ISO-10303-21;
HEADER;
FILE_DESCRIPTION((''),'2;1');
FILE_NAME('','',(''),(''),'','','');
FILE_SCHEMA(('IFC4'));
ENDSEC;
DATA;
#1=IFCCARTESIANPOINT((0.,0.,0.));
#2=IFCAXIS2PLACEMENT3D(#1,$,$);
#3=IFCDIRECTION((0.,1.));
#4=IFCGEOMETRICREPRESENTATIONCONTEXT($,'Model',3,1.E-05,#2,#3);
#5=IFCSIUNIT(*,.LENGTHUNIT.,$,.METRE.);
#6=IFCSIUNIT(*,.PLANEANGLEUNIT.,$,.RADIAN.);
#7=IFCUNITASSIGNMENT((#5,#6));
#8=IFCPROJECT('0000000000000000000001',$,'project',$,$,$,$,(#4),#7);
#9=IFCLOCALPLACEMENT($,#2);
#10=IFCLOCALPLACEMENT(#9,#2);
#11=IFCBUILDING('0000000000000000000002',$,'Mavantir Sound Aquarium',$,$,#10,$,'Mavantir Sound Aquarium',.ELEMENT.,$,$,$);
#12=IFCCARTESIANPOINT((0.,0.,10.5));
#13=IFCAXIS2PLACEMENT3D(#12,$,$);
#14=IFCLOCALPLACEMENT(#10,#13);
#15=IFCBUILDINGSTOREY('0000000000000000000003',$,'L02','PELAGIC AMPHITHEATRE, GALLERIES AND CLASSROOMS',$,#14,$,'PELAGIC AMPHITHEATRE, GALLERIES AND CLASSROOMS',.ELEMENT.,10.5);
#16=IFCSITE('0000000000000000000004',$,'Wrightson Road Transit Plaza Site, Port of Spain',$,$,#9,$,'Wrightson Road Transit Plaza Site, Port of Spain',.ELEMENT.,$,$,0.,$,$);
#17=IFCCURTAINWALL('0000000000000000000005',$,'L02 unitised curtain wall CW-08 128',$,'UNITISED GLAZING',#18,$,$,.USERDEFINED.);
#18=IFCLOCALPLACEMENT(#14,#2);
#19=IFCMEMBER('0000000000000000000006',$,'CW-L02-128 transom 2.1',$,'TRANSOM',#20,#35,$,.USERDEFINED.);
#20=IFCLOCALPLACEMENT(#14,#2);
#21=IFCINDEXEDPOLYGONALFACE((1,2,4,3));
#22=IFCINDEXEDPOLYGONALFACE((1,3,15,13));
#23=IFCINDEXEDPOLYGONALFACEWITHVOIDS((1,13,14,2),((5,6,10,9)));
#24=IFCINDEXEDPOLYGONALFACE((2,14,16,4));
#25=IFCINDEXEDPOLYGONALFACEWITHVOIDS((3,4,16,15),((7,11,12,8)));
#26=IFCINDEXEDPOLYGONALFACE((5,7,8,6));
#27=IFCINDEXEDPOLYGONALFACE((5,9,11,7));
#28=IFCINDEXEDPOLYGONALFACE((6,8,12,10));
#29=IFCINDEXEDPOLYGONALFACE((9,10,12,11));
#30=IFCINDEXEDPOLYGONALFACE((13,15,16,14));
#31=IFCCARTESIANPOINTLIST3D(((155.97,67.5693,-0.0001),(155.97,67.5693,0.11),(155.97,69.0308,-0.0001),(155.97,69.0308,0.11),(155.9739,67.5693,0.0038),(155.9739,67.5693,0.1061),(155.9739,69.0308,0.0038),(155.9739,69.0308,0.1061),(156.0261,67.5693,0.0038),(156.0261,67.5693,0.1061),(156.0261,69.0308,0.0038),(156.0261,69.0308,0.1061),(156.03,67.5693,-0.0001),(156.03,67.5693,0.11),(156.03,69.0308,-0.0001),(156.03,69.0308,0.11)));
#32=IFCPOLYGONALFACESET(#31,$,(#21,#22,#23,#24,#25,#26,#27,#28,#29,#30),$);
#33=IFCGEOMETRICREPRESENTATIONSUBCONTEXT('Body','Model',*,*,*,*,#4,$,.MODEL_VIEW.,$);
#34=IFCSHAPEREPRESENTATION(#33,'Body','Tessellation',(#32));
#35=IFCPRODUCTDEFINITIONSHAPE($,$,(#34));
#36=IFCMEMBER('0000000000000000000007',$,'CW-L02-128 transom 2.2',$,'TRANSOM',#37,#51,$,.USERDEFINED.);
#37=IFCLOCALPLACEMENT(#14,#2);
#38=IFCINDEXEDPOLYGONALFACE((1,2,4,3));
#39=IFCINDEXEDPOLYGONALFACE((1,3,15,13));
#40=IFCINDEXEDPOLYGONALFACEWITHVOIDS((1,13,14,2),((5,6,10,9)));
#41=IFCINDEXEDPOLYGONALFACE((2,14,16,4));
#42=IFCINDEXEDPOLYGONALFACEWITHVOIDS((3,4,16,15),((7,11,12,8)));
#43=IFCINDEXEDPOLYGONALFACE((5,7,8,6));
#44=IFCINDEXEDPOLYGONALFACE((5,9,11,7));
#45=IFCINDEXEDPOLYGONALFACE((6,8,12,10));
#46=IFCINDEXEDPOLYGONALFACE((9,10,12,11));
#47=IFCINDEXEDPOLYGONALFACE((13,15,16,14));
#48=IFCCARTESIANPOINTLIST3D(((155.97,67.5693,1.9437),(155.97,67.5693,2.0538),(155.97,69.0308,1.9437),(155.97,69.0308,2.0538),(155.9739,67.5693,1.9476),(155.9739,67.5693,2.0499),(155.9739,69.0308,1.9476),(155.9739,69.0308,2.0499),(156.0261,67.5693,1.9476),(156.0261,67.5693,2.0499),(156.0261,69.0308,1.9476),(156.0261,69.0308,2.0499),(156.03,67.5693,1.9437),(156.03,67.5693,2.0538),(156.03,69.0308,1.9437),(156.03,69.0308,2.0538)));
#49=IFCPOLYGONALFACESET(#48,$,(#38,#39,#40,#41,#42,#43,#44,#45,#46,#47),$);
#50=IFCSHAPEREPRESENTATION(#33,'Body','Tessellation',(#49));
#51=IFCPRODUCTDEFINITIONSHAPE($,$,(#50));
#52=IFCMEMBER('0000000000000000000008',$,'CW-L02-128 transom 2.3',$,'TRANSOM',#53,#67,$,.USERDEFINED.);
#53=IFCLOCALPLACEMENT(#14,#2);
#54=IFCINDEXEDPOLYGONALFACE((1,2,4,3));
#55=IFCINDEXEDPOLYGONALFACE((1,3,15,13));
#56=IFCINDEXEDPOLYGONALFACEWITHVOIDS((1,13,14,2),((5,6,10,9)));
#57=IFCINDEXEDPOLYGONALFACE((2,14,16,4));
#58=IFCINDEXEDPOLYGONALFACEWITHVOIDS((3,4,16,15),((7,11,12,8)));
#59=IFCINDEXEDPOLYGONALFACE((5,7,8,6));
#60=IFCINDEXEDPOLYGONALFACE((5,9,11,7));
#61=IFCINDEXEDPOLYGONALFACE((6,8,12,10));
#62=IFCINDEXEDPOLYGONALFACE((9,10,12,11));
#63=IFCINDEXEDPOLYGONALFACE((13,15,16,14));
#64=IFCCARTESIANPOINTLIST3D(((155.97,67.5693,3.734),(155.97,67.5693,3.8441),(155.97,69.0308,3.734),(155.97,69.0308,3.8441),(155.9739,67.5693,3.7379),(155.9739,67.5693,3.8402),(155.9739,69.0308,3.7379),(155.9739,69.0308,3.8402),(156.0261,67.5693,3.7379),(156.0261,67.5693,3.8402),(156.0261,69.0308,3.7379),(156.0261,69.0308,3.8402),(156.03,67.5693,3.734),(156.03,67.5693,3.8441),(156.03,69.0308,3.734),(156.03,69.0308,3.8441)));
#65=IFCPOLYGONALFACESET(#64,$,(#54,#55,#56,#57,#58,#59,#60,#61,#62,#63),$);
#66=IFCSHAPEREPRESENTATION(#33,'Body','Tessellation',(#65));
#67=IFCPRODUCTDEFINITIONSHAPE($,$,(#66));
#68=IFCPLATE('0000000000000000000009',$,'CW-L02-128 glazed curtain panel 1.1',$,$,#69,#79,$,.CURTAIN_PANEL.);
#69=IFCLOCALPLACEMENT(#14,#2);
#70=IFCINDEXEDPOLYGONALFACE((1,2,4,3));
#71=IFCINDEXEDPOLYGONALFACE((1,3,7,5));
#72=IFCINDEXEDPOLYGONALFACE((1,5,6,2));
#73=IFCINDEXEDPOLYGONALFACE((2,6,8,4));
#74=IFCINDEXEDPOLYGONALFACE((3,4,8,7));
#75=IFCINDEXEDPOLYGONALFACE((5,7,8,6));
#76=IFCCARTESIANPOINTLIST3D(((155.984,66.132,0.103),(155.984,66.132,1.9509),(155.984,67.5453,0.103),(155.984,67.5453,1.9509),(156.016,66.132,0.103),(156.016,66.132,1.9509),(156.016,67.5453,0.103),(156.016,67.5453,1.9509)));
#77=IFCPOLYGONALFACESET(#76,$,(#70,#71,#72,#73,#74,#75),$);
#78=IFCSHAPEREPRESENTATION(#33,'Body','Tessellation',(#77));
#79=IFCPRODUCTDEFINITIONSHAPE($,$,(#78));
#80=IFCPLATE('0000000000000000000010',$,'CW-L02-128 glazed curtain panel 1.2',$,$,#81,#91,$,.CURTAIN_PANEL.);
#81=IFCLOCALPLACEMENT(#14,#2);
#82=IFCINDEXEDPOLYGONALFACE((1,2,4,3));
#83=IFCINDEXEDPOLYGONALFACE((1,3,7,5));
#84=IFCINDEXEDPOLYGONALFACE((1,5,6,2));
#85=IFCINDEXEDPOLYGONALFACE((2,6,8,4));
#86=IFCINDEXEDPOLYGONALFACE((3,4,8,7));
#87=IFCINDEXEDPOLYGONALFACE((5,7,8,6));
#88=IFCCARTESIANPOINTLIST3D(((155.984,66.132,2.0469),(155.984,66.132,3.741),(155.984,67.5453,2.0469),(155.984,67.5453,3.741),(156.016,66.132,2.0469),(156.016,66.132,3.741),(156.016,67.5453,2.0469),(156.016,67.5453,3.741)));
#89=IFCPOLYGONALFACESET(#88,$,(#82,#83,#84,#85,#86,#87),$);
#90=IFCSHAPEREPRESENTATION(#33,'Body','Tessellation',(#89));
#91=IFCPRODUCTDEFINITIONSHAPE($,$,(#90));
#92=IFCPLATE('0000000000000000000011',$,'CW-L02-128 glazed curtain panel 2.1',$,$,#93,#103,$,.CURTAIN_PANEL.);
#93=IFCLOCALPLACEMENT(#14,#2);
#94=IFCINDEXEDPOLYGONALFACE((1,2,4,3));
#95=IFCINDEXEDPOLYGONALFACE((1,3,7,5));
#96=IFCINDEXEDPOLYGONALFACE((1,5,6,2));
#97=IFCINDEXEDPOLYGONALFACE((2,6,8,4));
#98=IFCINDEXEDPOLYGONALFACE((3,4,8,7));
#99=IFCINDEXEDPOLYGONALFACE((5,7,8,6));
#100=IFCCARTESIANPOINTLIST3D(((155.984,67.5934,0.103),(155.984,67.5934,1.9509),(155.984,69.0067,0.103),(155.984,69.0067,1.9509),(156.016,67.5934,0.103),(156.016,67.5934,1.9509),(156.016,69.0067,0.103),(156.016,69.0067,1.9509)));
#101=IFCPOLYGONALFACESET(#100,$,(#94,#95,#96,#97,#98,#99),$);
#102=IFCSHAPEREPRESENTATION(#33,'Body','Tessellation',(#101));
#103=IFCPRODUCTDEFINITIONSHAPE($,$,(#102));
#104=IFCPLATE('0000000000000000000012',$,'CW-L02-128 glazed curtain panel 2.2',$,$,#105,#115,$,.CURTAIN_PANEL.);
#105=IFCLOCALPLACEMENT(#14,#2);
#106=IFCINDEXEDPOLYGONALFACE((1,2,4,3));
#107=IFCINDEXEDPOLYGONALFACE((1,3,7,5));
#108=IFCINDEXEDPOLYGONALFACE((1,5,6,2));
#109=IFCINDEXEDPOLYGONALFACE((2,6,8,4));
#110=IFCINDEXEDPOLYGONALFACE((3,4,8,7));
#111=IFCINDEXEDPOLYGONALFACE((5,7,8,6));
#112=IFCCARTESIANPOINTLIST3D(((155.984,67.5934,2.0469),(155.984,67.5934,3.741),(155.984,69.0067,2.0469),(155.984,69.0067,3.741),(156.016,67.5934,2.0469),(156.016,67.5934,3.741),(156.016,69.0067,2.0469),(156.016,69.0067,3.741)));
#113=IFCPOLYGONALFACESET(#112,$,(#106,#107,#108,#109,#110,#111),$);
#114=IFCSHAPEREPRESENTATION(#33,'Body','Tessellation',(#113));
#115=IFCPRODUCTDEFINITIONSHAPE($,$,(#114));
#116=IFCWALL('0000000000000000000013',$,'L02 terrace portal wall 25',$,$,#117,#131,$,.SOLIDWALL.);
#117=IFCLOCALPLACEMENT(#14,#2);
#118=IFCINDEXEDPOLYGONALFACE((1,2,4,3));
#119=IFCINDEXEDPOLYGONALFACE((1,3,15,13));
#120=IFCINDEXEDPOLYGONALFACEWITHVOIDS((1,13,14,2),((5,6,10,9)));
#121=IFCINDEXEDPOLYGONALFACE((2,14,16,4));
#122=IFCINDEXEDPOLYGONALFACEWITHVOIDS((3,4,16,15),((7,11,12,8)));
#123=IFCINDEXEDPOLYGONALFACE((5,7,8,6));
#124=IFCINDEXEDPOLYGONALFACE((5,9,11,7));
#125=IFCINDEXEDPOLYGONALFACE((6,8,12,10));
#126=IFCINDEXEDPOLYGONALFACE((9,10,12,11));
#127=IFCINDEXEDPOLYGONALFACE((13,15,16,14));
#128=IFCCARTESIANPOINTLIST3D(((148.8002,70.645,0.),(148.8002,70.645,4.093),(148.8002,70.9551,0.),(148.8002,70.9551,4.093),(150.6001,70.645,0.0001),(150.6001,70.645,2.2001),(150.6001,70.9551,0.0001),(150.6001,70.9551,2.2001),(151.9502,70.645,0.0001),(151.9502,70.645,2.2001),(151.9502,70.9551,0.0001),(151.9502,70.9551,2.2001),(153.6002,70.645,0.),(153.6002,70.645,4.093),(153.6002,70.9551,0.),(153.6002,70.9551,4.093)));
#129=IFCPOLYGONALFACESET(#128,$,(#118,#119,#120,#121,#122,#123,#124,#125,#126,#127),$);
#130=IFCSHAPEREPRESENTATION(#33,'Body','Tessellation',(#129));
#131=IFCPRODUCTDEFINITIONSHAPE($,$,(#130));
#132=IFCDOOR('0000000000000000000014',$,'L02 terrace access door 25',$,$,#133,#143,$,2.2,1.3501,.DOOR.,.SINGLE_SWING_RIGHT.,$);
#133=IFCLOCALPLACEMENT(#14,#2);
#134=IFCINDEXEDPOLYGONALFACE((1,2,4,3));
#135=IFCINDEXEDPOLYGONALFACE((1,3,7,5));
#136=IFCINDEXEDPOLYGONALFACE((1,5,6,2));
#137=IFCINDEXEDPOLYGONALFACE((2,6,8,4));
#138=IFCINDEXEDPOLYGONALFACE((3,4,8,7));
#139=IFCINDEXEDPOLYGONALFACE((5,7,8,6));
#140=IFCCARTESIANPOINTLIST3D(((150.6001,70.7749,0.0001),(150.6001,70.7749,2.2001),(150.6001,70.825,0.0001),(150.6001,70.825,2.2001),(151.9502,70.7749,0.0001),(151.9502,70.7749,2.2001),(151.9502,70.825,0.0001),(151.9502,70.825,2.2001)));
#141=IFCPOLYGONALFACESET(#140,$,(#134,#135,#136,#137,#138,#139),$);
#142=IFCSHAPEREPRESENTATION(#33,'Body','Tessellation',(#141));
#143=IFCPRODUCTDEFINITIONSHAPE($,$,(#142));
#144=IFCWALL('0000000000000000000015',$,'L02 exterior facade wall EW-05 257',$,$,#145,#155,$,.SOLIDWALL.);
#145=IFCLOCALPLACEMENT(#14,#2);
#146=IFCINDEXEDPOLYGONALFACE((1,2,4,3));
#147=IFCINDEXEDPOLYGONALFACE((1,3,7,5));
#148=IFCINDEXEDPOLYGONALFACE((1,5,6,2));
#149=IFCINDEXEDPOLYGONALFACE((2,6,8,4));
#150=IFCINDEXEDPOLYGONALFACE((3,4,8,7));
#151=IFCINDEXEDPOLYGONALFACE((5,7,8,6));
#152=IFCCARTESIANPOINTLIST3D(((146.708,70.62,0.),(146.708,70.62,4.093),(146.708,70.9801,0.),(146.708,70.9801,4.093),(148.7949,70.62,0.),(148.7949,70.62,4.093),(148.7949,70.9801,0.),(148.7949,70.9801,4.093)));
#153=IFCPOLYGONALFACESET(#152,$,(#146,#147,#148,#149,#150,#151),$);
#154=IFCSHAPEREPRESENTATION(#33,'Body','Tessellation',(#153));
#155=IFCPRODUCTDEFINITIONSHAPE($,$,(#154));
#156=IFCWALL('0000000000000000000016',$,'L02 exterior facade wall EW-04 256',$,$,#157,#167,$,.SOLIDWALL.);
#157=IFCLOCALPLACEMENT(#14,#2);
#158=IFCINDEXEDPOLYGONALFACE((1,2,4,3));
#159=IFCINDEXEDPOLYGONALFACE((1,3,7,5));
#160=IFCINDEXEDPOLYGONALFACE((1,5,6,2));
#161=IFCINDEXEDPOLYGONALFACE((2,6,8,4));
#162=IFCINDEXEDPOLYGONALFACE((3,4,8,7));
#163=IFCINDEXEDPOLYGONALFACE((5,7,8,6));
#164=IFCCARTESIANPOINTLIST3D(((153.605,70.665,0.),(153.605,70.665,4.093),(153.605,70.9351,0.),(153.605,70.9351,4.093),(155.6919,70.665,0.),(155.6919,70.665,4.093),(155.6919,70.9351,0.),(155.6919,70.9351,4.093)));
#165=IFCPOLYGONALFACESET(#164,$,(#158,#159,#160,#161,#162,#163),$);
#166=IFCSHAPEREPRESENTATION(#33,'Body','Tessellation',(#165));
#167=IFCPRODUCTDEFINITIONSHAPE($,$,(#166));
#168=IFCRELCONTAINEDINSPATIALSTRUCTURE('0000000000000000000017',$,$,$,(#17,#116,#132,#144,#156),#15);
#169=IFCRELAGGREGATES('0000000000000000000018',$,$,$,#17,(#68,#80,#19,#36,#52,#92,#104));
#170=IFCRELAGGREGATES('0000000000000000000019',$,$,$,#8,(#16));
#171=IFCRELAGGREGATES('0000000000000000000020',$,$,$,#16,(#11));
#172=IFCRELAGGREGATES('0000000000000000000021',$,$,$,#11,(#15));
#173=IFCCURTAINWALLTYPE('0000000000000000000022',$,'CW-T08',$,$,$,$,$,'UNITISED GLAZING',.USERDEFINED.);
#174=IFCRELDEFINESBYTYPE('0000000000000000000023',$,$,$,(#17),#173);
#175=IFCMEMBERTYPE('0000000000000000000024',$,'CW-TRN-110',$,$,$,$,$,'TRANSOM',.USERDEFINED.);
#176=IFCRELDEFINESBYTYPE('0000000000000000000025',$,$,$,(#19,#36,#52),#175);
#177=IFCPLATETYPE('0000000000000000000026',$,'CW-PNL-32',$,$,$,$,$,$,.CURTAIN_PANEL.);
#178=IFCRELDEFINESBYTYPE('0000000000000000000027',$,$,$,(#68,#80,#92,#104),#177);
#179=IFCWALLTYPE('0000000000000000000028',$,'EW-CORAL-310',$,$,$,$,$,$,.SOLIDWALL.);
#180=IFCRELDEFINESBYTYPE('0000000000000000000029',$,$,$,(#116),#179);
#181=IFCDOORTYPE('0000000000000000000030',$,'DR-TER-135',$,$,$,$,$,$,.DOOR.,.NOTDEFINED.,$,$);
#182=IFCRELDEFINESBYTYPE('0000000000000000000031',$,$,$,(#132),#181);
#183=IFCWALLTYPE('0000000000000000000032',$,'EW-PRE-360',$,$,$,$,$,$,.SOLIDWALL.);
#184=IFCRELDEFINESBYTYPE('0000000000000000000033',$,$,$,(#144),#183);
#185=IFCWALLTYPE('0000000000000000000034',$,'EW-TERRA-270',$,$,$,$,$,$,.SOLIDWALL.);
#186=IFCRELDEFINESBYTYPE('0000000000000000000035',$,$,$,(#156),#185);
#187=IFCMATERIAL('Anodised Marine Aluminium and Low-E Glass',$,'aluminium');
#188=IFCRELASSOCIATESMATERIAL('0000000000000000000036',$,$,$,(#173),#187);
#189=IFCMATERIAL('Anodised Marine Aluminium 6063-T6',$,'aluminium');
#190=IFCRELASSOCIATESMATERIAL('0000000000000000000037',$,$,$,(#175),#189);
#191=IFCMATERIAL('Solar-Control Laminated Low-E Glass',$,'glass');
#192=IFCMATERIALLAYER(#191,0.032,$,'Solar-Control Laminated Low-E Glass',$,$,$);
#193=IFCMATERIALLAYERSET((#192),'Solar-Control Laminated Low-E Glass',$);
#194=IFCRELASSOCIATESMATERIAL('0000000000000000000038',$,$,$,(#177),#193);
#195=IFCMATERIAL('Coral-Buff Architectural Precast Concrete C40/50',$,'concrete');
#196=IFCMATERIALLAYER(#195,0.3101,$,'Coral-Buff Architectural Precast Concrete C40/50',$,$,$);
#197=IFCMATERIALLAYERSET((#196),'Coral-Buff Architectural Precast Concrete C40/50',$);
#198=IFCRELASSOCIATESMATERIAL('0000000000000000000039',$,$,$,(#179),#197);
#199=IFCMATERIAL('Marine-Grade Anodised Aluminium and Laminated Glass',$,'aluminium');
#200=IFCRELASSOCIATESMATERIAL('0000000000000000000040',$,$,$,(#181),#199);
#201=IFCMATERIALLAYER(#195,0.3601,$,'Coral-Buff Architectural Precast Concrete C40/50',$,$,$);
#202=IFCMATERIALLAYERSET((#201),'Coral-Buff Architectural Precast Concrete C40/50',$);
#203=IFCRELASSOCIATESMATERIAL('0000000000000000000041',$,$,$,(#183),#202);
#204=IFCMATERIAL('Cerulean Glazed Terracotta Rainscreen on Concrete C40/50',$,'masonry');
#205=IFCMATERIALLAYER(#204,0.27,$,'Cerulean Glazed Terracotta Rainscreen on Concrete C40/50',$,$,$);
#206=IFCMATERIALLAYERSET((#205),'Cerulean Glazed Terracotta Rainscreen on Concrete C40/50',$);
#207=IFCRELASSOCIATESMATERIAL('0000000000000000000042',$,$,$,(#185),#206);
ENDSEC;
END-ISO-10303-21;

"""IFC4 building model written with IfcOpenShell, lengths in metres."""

from ifc_helpers import new_model, si_unit, direction, frame, frame_2d, origin, origin_2d, place, context, subcontext, project, spatial, rectangle, hollow_rectangle, extrude, material, layer, layer_set, material_profile, profile_set, type_object, element, fill, aggregate, save


model = new_model("IFC4")

# Units and contexts
model_context = context("Model", 3, precision=1e-05, world=origin(), true_north=direction((0.0, 1.0)))
body_context = subcontext(model_context, "Body", "Model", "MODEL_VIEW")
ifc_project = project(units=[si_unit("LENGTHUNIT", "METRE"), si_unit("PLANEANGLEUNIT", "RADIAN")], contexts=[model_context])

# Site, building, storey
site_placement = place(None, origin())
site = spatial("IfcSite", under=ifc_project, at=site_placement, Name="Wrightson Road Transit Plaza Site, Port of Spain", LongName="Wrightson Road Transit Plaza Site, Port of Spain", CompositionType="ELEMENT", RefElevation=0.0)
building_placement = place(site_placement, origin())
building = spatial("IfcBuilding", under=site, at=building_placement, Name="Mavantir Sound Aquarium", LongName="Mavantir Sound Aquarium", CompositionType="ELEMENT")
storey_placement = place(building_placement, frame((0.0, 0.0, 10.5)))
storey = spatial("IfcBuildingStorey", under=building, at=storey_placement, Name="L02", Description="PELAGIC AMPHITHEATRE, GALLERIES AND CLASSROOMS", LongName="PELAGIC AMPHITHEATRE, GALLERIES AND CLASSROOMS", CompositionType="ELEMENT", Elevation=10.5)

# Curtain wall, members, plates
ifc_material_1 = material(Name="Anodised Marine Aluminium and Low-E Glass", Category="aluminium")
curtain_wall_type = type_object("IfcCurtainWallType", Name="CW-T08", ElementType="UNITISED GLAZING", PredefinedType="USERDEFINED", material=ifc_material_1)
curtain_wall_placement = place(storey_placement, origin())
curtain_wall = element("IfcCurtainWall", 1, at=curtain_wall_placement, inside=storey, type_object=curtain_wall_type, Name="L02 unitised curtain wall CW-08 128", ObjectType="UNITISED GLAZING", PredefinedType="USERDEFINED")
ifc_material_2 = material(Name="Anodised Marine Aluminium 6063-T6", Category="aluminium")
ifc_material_profile_1 = material_profile(ifc_material_2, hollow_rectangle(XDim=0.0601, YDim=0.1101, WallThickness=0.0039, at=origin_2d()), Name="ALU-TRANSOM-110X60")
ifc_profile_set_1 = profile_set([ifc_material_profile_1], Name="Anodised Marine Aluminium 6063-T6")
member_type_1 = type_object("IfcMemberType", Name="CW-TRN-110", ElementType="TRANSOM", PredefinedType="USERDEFINED", material=ifc_profile_set_1)
member_1_placement = place(storey_placement, frame((156.0, 67.5693, 0.0549), z_axis=(0.0, 1.0, 0.0), x_axis=(-1.0, 0.0, 0.0)))
member_1 = element("IfcMember", 2, at=member_1_placement, type_object=member_type_1, Name="CW-L02-128 transom 2.1", ObjectType="TRANSOM", PredefinedType="USERDEFINED", context=body_context, shape_type="SweptSolid", body=[
    extrude(hollow_rectangle(XDim=0.0601, YDim=0.1101, WallThickness=0.0039, at=origin_2d()), origin(), (0.0, 0.0, 1.0), 1.4614),
])
member_2_placement = place(storey_placement, frame((156.0, 67.5693, 1.9988), z_axis=(0.0, 1.0, 0.0), x_axis=(-1.0, 0.0, 0.0)))
member_2 = element("IfcMember", 3, at=member_2_placement, type_object=member_type_1, Name="CW-L02-128 transom 2.2", ObjectType="TRANSOM", PredefinedType="USERDEFINED", context=body_context, shape_type="SweptSolid", body=[
    extrude(hollow_rectangle(XDim=0.0601, YDim=0.1101, WallThickness=0.0039, at=origin_2d()), origin(), (0.0, 0.0, 1.0), 1.4614),
])
member_3_placement = place(storey_placement, frame((156.0, 67.5693, 3.7891), z_axis=(0.0, 1.0, 0.0), x_axis=(-1.0, 0.0, 0.0)))
member_3 = element("IfcMember", 4, at=member_3_placement, type_object=member_type_1, Name="CW-L02-128 transom 2.3", ObjectType="TRANSOM", PredefinedType="USERDEFINED", context=body_context, shape_type="SweptSolid", body=[
    extrude(hollow_rectangle(XDim=0.0601, YDim=0.1101, WallThickness=0.0039, at=origin_2d()), origin(), (0.0, 0.0, 1.0), 1.4614),
])
ifc_material_3 = material(Name="Solar-Control Laminated Low-E Glass", Category="glass")
ifc_layer_1 = layer(ifc_material_3, 0.032, Name="Solar-Control Laminated Low-E Glass")
ifc_layer_set_1 = layer_set([ifc_layer_1], Name="Solar-Control Laminated Low-E Glass")
plate_type = type_object("IfcPlateType", Name="CW-PNL-32", PredefinedType="CURTAIN_PANEL", material=ifc_layer_set_1)
plate_1_placement = place(storey_placement, frame((156.0, 66.8386, 0.103), z_axis=(0.0, 0.0, 1.0), x_axis=(0.0, 1.0, 0.0)))
plate_1 = element("IfcPlate", 5, at=plate_1_placement, type_object=plate_type, Name="CW-L02-128 glazed curtain panel 1.1", PredefinedType="CURTAIN_PANEL", context=body_context, shape_type="SweptSolid", body=[
    extrude(rectangle(XDim=1.4133, YDim=0.032, at=origin_2d()), origin(), (0.0, 0.0, 1.0), 1.8479),
])
plate_2_placement = place(storey_placement, frame((156.0, 66.8386, 2.0469), z_axis=(0.0, 0.0, 1.0), x_axis=(0.0, 1.0, 0.0)))
plate_2 = element("IfcPlate", 6, at=plate_2_placement, type_object=plate_type, Name="CW-L02-128 glazed curtain panel 1.2", PredefinedType="CURTAIN_PANEL", context=body_context, shape_type="SweptSolid", body=[
    extrude(rectangle(XDim=1.4133, YDim=0.032, at=origin_2d()), origin(), (0.0, 0.0, 1.0), 1.6941),
])
plate_3_placement = place(storey_placement, frame((156.0, 68.3, 0.103), z_axis=(0.0, 0.0, 1.0), x_axis=(0.0, 1.0, 0.0)))
plate_3 = element("IfcPlate", 7, at=plate_3_placement, type_object=plate_type, Name="CW-L02-128 glazed curtain panel 2.1", PredefinedType="CURTAIN_PANEL", context=body_context, shape_type="SweptSolid", body=[
    extrude(rectangle(XDim=1.4133, YDim=0.032, at=origin_2d()), origin(), (0.0, 0.0, 1.0), 1.8479),
])
plate_4_placement = place(storey_placement, frame((156.0, 68.3, 2.0469), z_axis=(0.0, 0.0, 1.0), x_axis=(0.0, 1.0, 0.0)))
plate_4 = element("IfcPlate", 8, at=plate_4_placement, type_object=plate_type, Name="CW-L02-128 glazed curtain panel 2.2", PredefinedType="CURTAIN_PANEL", context=body_context, shape_type="SweptSolid", body=[
    extrude(rectangle(XDim=1.4133, YDim=0.032, at=origin_2d()), origin(), (0.0, 0.0, 1.0), 1.6941),
])
aggregate(curtain_wall, [plate_1, plate_2, member_1, member_2, member_3, plate_3, plate_4])

# Wall, opening, door
ifc_material_4 = material(Name="Coral-Buff Architectural Precast Concrete C40/50", Category="concrete")
ifc_layer_2 = layer(ifc_material_4, 0.3101, Name="Coral-Buff Architectural Precast Concrete C40/50")
ifc_layer_set_2 = layer_set([ifc_layer_2], Name="Coral-Buff Architectural Precast Concrete C40/50")
wall_type_1 = type_object("IfcWallType", Name="EW-CORAL-310", PredefinedType="SOLIDWALL", material=ifc_layer_set_2)
wall_1_placement = place(storey_placement, frame((153.6001, 70.8, 0.0), z_axis=(0.0, 0.0, 1.0), x_axis=(-1.0, 0.0, 0.0)))
wall_1 = element("IfcWall", 9, at=wall_1_placement, inside=storey, type_object=wall_type_1, Name="L02 terrace portal wall 25", PredefinedType="SOLIDWALL", context=body_context, shape_type="SweptSolid", body=[
    extrude(rectangle(XDim=4.8, YDim=0.3101, at=frame_2d((2.3999, 0.0))), origin(), (0.0, 0.0, 1.0), 4.093),
])
opening_placement = place(wall_1_placement, frame((3.0, 0.0, 0.0), z_axis=(0.0, 0.0, 1.0), x_axis=(-1.0, 0.0, 0.0)))
opening = element("IfcOpeningElement", 10, at=opening_placement, cuts=wall_1, PredefinedType="OPENING", context=body_context, shape_type="SweptSolid", body=[
    extrude(rectangle(XDim=1.3501, YDim=2.2, at=frame_2d((0.675, 1.1001))), frame((0.0, 0.165, 0.0), z_axis=(0.0, -1.0, 0.0), x_axis=(1.0, 0.0, 0.0)), (0.0, 0.0, 1.0), 0.3301),
])
ifc_material_5 = material(Name="Marine-Grade Anodised Aluminium and Laminated Glass", Category="aluminium")
door_type = type_object("IfcDoorType", Name="DR-TER-135", OperationType="NOTDEFINED", PredefinedType="DOOR", material=ifc_material_5)
door_placement = place(opening_placement, origin())
door = element("IfcDoor", 11, at=door_placement, inside=storey, type_object=door_type, Name="L02 terrace access door 25", OperationType="SINGLE_SWING_RIGHT", OverallHeight=2.2, OverallWidth=1.3501, PredefinedType="DOOR", context=body_context, shape_type="SweptSolid", body=[
    extrude(rectangle(XDim=1.3501, YDim=2.2, at=frame_2d((0.675, 1.1001))), frame((0.0, 0.0249, 0.0), z_axis=(0.0, -1.0, 0.0), x_axis=(1.0, 0.0, 0.0)), (0.0, 0.0, 1.0), 0.05),
])
fill(opening, door)

# Walls
ifc_layer_3 = layer(ifc_material_4, 0.3601, Name="Coral-Buff Architectural Precast Concrete C40/50")
ifc_layer_set_3 = layer_set([ifc_layer_3], Name="Coral-Buff Architectural Precast Concrete C40/50")
wall_type_2 = type_object("IfcWallType", Name="EW-PRE-360", PredefinedType="SOLIDWALL", material=ifc_layer_set_3)
wall_2_placement = place(storey_placement, frame((148.7949, 70.8, 0.0), z_axis=(0.0, 0.0, 1.0), x_axis=(-1.0, 0.0, 0.0)))
element("IfcWall", 12, at=wall_2_placement, inside=storey, type_object=wall_type_2, Name="L02 exterior facade wall EW-05 257", PredefinedType="SOLIDWALL", context=body_context, shape_type="SweptSolid", body=[
    extrude(rectangle(XDim=2.0869, YDim=0.3601, at=frame_2d((1.0435, 0.0))), origin(), (0.0, 0.0, 1.0), 4.093),
])
ifc_material_6 = material(Name="Cerulean Glazed Terracotta Rainscreen on Concrete C40/50", Category="masonry")
ifc_layer_4 = layer(ifc_material_6, 0.27, Name="Cerulean Glazed Terracotta Rainscreen on Concrete C40/50")
ifc_layer_set_4 = layer_set([ifc_layer_4], Name="Cerulean Glazed Terracotta Rainscreen on Concrete C40/50")
wall_type_3 = type_object("IfcWallType", Name="EW-TERRA-270", PredefinedType="SOLIDWALL", material=ifc_layer_set_4)
wall_3_placement = place(storey_placement, frame((155.6919, 70.8, 0.0), z_axis=(0.0, 0.0, 1.0), x_axis=(-1.0, 0.0, 0.0)))
element("IfcWall", 13, at=wall_3_placement, inside=storey, type_object=wall_type_3, Name="L02 exterior facade wall EW-04 256", PredefinedType="SOLIDWALL", context=body_context, shape_type="SweptSolid", body=[
    extrude(rectangle(XDim=2.0869, YDim=0.27, at=frame_2d((1.0435, 0.0))), origin(), (0.0, 0.0, 1.0), 4.093),
])

save(model, "model.ifc")
